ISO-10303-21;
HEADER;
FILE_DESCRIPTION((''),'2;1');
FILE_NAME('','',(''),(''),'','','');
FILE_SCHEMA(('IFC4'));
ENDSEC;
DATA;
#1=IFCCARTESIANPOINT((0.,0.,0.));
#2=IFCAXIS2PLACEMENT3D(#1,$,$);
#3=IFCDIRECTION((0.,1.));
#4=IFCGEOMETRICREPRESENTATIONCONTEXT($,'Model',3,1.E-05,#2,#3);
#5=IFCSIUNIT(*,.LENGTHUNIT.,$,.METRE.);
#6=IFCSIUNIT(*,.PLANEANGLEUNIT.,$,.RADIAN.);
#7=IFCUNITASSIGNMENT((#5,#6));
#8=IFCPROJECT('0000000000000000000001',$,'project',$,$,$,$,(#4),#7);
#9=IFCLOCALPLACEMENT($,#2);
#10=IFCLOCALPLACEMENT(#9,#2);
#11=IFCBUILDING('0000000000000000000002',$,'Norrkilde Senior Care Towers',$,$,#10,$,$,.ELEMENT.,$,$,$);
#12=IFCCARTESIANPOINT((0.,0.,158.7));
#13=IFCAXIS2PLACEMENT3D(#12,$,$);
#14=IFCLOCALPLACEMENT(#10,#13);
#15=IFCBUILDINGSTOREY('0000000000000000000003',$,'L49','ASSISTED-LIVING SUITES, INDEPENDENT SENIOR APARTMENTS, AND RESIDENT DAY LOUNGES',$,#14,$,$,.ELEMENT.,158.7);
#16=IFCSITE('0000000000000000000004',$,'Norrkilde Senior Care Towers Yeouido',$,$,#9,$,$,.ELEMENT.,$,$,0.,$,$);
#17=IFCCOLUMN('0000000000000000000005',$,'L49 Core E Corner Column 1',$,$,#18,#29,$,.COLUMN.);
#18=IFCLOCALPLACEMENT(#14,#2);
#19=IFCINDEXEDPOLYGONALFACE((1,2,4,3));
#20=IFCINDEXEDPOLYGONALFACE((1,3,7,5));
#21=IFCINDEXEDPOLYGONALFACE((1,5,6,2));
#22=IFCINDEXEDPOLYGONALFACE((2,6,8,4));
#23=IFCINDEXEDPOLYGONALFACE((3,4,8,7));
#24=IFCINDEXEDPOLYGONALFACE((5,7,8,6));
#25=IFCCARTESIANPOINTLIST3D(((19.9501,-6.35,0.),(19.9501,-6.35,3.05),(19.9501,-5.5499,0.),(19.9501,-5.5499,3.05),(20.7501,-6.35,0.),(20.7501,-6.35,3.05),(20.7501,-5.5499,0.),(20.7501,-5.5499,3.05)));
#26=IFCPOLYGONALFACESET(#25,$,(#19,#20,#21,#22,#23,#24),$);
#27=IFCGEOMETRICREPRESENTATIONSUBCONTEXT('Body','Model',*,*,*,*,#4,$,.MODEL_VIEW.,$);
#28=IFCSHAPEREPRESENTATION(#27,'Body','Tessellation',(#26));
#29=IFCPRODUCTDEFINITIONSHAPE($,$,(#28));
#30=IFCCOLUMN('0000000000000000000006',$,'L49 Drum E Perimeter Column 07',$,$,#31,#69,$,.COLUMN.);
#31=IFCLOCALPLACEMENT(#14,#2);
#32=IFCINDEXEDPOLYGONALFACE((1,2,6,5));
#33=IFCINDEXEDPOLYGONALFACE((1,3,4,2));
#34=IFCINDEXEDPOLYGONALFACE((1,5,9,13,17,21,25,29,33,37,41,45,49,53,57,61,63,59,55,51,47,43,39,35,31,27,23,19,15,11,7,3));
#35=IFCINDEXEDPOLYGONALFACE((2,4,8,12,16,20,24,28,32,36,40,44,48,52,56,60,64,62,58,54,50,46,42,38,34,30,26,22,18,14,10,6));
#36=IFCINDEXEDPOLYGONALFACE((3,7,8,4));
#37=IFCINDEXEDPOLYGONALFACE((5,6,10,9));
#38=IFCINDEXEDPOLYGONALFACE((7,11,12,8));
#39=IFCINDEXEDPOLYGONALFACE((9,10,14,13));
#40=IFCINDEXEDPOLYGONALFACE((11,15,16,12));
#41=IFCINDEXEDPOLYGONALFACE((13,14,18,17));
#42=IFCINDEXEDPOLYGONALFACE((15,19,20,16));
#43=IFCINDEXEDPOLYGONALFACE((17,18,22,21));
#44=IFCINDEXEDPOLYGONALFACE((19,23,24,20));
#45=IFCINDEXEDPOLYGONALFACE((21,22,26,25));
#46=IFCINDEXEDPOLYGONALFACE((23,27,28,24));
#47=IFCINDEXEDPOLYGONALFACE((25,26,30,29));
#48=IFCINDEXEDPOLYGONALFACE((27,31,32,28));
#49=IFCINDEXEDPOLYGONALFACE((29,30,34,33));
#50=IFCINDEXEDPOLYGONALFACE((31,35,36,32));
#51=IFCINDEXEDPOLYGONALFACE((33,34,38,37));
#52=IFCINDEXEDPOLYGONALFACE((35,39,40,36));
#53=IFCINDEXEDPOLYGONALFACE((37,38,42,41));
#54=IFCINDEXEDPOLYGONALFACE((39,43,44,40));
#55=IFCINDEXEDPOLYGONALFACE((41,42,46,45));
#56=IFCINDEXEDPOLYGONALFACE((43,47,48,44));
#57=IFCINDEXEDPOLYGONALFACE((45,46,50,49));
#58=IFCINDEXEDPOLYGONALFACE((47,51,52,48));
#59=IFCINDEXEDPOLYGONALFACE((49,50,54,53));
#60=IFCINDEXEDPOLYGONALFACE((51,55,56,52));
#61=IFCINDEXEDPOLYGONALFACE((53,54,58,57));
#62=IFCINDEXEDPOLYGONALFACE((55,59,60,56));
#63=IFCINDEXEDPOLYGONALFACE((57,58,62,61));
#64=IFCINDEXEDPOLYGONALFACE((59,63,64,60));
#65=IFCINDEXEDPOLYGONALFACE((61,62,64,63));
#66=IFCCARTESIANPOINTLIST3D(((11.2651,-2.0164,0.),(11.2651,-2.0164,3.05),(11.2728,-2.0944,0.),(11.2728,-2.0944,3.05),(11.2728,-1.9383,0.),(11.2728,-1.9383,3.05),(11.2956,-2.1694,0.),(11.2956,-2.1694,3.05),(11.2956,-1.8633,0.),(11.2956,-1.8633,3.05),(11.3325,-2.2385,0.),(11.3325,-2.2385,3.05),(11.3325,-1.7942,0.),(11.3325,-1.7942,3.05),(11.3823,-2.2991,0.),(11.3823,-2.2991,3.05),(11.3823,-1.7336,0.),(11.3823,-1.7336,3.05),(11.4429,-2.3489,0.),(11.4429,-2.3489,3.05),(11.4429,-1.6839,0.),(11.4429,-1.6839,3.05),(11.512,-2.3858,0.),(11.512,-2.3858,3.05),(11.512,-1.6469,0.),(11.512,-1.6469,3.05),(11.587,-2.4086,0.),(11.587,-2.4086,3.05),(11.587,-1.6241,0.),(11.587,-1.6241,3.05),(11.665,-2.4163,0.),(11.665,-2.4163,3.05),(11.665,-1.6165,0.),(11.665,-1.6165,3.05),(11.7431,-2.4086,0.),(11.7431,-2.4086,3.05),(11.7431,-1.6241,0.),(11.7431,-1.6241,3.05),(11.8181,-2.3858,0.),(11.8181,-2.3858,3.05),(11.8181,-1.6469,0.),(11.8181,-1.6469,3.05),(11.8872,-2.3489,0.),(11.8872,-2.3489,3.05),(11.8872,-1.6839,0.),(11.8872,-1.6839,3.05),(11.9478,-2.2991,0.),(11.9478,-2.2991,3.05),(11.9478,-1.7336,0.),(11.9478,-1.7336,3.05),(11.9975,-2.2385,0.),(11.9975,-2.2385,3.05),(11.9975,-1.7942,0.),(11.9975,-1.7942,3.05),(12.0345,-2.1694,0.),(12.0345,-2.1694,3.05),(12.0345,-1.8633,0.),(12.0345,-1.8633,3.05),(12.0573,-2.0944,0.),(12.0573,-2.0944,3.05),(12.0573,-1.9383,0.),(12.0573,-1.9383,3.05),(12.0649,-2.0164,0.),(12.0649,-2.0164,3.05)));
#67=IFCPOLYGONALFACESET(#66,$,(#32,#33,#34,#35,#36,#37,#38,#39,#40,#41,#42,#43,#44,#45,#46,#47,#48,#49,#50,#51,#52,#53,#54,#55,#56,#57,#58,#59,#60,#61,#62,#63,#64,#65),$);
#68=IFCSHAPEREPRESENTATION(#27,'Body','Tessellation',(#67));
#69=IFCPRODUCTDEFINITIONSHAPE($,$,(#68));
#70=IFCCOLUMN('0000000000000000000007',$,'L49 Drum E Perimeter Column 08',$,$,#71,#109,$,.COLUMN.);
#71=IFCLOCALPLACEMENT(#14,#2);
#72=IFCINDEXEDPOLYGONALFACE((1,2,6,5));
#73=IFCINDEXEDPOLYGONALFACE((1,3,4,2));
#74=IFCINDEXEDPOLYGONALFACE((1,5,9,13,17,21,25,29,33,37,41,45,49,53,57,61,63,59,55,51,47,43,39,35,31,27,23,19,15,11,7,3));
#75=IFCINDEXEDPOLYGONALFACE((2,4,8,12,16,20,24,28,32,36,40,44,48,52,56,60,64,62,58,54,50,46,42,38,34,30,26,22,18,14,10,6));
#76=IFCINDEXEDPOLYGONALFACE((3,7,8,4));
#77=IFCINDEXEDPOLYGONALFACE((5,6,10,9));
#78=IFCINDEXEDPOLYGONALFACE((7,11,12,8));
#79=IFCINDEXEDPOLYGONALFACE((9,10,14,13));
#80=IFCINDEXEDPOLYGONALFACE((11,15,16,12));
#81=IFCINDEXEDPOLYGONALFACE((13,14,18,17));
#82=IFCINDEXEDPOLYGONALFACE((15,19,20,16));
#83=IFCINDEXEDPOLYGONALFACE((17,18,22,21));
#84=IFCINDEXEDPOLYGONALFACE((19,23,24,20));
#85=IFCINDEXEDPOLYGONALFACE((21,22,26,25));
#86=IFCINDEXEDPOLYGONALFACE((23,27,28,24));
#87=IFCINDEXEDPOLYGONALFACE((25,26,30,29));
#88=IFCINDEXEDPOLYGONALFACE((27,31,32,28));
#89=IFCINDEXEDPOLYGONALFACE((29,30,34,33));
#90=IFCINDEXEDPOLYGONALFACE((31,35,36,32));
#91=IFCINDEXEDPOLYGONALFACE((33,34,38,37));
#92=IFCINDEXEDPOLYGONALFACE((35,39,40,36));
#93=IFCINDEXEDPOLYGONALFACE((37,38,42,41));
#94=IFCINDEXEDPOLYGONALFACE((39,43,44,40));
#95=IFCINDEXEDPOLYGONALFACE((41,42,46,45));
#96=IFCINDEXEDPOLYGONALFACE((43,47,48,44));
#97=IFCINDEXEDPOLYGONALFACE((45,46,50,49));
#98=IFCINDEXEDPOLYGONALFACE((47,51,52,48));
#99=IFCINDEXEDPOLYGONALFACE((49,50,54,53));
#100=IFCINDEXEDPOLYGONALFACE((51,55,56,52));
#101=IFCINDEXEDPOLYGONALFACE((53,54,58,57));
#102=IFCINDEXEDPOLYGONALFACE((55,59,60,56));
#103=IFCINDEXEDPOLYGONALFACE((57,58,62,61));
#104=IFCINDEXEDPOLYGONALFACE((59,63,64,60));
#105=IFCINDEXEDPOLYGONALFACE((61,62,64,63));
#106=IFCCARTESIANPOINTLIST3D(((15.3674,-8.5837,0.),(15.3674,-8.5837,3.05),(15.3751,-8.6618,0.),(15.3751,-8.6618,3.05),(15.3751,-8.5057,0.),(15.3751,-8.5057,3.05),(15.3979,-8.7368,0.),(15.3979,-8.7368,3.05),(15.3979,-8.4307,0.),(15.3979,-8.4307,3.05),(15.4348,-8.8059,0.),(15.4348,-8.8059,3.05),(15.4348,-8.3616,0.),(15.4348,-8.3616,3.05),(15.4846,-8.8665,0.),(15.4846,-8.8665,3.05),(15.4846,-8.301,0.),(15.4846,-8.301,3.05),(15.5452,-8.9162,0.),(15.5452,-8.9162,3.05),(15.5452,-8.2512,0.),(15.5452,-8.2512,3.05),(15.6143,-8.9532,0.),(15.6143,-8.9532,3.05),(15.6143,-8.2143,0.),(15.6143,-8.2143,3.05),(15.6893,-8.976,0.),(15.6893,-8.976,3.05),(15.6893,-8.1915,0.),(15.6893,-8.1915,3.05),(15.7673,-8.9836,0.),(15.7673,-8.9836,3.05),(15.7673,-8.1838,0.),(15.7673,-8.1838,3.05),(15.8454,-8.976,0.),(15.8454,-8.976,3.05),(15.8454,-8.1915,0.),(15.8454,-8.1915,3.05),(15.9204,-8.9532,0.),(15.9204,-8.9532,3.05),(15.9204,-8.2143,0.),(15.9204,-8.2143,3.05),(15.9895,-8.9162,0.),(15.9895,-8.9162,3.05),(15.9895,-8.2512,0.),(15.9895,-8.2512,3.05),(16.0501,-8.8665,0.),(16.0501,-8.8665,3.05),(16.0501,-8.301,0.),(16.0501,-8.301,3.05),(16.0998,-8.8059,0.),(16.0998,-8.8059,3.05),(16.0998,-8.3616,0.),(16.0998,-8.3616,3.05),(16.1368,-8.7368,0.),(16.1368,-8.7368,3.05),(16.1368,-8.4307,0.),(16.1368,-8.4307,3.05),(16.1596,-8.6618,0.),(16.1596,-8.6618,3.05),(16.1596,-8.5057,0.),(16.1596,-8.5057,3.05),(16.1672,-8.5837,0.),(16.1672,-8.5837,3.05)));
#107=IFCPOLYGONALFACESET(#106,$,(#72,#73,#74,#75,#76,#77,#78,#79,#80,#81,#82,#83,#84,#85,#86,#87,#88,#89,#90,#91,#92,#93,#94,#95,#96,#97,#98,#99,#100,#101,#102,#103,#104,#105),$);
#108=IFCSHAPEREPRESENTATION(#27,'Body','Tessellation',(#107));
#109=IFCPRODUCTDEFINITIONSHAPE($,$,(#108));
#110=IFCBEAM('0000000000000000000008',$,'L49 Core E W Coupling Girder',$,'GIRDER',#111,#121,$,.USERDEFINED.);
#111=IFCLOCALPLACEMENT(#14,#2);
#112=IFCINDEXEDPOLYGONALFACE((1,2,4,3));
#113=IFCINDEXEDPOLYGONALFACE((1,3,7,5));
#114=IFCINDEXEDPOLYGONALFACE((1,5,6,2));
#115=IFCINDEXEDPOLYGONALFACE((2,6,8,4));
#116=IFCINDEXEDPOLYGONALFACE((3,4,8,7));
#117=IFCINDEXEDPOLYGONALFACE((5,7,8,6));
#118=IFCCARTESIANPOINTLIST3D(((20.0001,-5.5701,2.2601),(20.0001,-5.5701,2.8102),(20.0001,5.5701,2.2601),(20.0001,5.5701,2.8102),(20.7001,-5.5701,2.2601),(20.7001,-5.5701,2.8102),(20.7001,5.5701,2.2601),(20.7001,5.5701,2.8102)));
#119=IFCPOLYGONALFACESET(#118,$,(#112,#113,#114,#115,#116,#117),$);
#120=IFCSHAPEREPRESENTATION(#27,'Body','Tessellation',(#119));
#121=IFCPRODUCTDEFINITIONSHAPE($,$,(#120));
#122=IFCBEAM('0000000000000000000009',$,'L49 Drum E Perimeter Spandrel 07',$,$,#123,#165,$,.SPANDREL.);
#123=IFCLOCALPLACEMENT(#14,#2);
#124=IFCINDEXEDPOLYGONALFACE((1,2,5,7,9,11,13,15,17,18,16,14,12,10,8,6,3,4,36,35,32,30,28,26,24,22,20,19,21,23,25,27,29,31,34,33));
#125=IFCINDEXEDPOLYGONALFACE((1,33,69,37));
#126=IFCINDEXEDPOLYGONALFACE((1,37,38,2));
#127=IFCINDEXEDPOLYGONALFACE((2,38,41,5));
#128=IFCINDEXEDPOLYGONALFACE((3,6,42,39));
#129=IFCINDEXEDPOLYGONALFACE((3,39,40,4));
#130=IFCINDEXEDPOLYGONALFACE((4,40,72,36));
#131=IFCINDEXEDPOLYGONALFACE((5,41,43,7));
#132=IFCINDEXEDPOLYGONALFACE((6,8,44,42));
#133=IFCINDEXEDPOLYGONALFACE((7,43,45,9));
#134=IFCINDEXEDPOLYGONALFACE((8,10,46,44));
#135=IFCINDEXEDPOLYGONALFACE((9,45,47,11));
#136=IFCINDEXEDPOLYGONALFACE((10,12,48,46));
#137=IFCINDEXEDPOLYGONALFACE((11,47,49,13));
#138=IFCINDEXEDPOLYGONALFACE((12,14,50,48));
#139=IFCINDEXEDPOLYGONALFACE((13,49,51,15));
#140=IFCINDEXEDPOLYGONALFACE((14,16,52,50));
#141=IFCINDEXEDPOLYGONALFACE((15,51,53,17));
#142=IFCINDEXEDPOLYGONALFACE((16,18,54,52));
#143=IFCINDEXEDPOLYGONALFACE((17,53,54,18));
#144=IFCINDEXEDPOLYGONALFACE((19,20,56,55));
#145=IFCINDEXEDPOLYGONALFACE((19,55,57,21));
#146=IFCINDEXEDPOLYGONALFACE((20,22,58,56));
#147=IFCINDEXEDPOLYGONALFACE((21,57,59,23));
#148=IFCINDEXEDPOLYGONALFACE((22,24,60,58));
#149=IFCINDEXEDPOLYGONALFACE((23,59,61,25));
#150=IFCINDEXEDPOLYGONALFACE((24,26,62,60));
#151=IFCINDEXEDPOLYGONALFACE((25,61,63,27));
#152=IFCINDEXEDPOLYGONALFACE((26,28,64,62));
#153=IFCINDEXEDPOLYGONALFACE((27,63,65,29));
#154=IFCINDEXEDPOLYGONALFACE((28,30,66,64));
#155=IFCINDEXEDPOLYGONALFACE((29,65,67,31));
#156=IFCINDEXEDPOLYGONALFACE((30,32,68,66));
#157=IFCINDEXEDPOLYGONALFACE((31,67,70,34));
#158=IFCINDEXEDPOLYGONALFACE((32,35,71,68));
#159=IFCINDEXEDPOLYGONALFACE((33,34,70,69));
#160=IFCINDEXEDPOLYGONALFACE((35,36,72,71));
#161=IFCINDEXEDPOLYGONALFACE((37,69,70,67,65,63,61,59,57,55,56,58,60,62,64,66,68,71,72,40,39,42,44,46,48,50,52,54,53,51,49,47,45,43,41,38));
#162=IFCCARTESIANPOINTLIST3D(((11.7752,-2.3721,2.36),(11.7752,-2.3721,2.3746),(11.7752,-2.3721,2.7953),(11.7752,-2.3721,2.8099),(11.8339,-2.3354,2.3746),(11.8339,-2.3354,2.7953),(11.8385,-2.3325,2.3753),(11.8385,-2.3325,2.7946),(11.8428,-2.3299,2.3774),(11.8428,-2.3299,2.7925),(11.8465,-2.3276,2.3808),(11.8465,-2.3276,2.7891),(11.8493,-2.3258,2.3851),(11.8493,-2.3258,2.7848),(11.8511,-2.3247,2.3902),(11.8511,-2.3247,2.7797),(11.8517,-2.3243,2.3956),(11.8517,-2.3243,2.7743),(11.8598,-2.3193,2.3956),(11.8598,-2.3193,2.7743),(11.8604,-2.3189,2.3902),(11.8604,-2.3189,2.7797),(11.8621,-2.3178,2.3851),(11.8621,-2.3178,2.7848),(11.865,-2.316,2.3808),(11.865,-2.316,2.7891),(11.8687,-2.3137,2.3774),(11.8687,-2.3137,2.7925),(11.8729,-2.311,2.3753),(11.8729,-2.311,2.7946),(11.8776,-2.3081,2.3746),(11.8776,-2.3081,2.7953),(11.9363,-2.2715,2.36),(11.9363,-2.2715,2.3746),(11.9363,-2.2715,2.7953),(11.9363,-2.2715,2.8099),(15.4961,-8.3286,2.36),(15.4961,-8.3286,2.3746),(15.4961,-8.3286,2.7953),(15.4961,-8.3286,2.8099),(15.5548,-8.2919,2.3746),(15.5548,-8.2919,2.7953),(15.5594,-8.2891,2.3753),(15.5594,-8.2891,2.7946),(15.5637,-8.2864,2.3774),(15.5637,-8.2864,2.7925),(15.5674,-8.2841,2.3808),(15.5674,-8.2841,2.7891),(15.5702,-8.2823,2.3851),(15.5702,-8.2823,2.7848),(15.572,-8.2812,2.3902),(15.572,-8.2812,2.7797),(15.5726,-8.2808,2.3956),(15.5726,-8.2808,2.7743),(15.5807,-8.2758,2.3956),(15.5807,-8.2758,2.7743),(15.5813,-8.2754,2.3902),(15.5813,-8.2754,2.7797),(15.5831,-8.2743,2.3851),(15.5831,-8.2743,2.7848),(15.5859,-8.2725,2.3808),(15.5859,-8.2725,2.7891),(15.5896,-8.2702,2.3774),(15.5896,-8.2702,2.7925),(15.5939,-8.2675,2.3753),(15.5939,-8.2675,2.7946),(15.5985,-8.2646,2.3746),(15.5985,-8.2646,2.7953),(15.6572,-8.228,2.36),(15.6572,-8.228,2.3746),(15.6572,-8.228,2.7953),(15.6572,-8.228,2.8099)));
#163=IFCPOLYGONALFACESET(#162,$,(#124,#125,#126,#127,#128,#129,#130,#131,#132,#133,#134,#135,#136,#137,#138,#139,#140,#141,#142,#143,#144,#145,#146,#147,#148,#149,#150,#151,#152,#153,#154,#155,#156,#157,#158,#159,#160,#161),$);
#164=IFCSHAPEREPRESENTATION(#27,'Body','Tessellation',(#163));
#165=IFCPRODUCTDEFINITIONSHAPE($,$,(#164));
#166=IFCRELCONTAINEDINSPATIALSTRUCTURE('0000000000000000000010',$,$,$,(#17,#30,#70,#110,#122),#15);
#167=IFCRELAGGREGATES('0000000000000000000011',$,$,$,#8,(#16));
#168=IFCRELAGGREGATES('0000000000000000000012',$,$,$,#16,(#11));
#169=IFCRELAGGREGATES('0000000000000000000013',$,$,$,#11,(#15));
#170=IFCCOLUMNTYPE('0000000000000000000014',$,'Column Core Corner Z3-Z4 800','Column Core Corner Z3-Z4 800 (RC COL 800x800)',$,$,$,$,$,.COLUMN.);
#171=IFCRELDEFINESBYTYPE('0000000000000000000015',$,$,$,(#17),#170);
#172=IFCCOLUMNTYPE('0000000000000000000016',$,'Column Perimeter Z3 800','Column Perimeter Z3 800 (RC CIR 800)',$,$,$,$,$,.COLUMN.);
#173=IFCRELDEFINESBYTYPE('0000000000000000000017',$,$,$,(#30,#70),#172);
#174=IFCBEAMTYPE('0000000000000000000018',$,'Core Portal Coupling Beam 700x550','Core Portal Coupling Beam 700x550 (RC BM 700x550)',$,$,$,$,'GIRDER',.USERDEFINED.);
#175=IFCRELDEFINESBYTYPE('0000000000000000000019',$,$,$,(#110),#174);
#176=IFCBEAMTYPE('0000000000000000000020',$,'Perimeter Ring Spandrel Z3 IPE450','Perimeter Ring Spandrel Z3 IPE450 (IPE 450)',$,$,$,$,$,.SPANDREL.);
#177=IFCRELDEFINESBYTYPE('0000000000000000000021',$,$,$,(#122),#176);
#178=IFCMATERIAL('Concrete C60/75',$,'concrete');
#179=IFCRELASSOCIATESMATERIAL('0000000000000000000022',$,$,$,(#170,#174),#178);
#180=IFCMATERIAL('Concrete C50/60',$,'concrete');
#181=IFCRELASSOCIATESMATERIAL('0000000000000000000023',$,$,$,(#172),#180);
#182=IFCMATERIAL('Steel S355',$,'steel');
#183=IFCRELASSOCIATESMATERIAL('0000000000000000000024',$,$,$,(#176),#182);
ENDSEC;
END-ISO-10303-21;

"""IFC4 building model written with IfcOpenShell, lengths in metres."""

from ifc_helpers import new_model, si_unit, direction, frame, origin, origin_2d, place, context, subcontext, project, spatial, rectangle, circle, i_section, extrude, source, transform, mapped, material, material_profile, profile_set, type_object, type_shapes, element, save


model = new_model("IFC4")

# Units and contexts
model_context = context("Model", 3, precision=1e-05, world=origin(), true_north=direction((0.0, 1.0)))
body_context = subcontext(model_context, "Body", "Model", "MODEL_VIEW")
ifc_project = project(units=[si_unit("LENGTHUNIT", "METRE"), si_unit("PLANEANGLEUNIT", "RADIAN")], contexts=[model_context])

# Site, building, storey
site_placement = place(None, origin())
site = spatial("IfcSite", under=ifc_project, at=site_placement, Name="Norrkilde Senior Care Towers Yeouido", CompositionType="ELEMENT", RefElevation=0.0)
building_placement = place(site_placement, origin())
building = spatial("IfcBuilding", under=site, at=building_placement, Name="Norrkilde Senior Care Towers", CompositionType="ELEMENT")
storey_placement = place(building_placement, frame((0.0, 0.0, 158.7)))
storey = spatial("IfcBuildingStorey", under=building, at=storey_placement, Name="L49", Description="ASSISTED-LIVING SUITES, INDEPENDENT SENIOR APARTMENTS, AND RESIDENT DAY LOUNGES", CompositionType="ELEMENT", Elevation=158.7)

# Columns
ifc_material_1 = material(Name="Concrete C60/75", Category="concrete")
ifc_material_profile_1 = material_profile(ifc_material_1, rectangle(XDim=0.8, YDim=0.8, at=origin_2d()), Name="RC COL 800x800")
ifc_profile_set_1 = profile_set([ifc_material_profile_1], Name="Concrete C60/75")
column_type_1 = type_object("IfcColumnType", Name="Column Core Corner Z3-Z4 800", Description="Column Core Corner Z3-Z4 800 (RC COL 800x800)", PredefinedType="COLUMN", material=ifc_profile_set_1)
shared_shape_1 = source(origin(), body_context, "Body", "SweptSolid", [
    extrude(rectangle(XDim=0.8, YDim=0.8, at=origin_2d()), origin(), (0.0, 0.0, 1.0), 3.05),
])
type_shapes(column_type_1, [shared_shape_1])
column_placement = place(storey_placement, frame((20.3501, -5.95, 0.0), z_axis=(0.0, 0.0, 1.0), x_axis=(1.0, 0.0, 0.0)))
element("IfcColumn", 1, at=column_placement, inside=storey, type_object=column_type_1, Name="L49 Core E Corner Column 1", PredefinedType="COLUMN", context=body_context, shape_type="MappedRepresentation", body=[
    mapped(shared_shape_1, transform((0.0, 0.0, 0.0), x_axis=(1.0, 0.0, 0.0), y_axis=(0.0, 1.0, 0.0), z_axis=(0.0, 0.0, 1.0), scale=1.0)),
])
ifc_material_2 = material(Name="Concrete C50/60", Category="concrete")
ifc_material_profile_2 = material_profile(ifc_material_2, circle(Radius=0.3999, at=origin_2d()), Name="RC CIR 800")
ifc_profile_set_2 = profile_set([ifc_material_profile_2], Name="Concrete C50/60")
column_type_2 = type_object("IfcColumnType", Name="Column Perimeter Z3 800", Description="Column Perimeter Z3 800 (RC CIR 800)", PredefinedType="COLUMN", material=ifc_profile_set_2)
shared_shape_2 = source(origin(), body_context, "Body", "SweptSolid", [
    extrude(circle(Radius=0.3999, at=origin_2d()), origin(), (0.0, 0.0, 1.0), 3.05),
])
type_shapes(column_type_2, [shared_shape_2])
for number, where, z_axis, x_axis, name in (
    (2, (11.665, -2.0164, 0.0), (0.0, 0.0, 1.0), (1.0, 0.0, 0.0), "L49 Drum E Perimeter Column 07"),
    (3, (15.7673, -8.5837, 0.0), (0.0, 0.0, 1.0), (1.0, 0.0, 0.0), "L49 Drum E Perimeter Column 08"),
):
    element("IfcColumn", number, at=place(storey_placement, frame(where, z_axis=z_axis, x_axis=x_axis)), inside=storey, type_object=column_type_2, Name=name, PredefinedType="COLUMN", context=body_context, shape_type="MappedRepresentation", body=[
        mapped(shared_shape_2, transform((0.0, 0.0, 0.0), x_axis=(1.0, 0.0, 0.0), y_axis=(0.0, 1.0, 0.0), z_axis=(0.0, 0.0, 1.0), scale=1.0)),
    ])

# Beams
ifc_material_profile_3 = material_profile(ifc_material_1, rectangle(XDim=0.7, YDim=0.55, at=origin_2d()), Name="RC BM 700x550")
ifc_profile_set_3 = profile_set([ifc_material_profile_3], Name="Concrete C60/75")
beam_type_1 = type_object("IfcBeamType", Name="Core Portal Coupling Beam 700x550", Description="Core Portal Coupling Beam 700x550 (RC BM 700x550)", ElementType="GIRDER", PredefinedType="USERDEFINED", material=ifc_profile_set_3)
shared_shape_3 = source(origin(), body_context, "Body", "SweptSolid", [
    extrude(rectangle(XDim=0.7, YDim=0.55, at=origin_2d()), origin(), (0.0, 0.0, 1.0), 11.1401),
])
type_shapes(beam_type_1, [shared_shape_3])
beam_1_placement = place(storey_placement, frame((20.3501, -5.5701, 2.5352), z_axis=(0.0, 1.0, 0.0), x_axis=(-1.0, 0.0, 0.0)))
element("IfcBeam", 4, at=beam_1_placement, inside=storey, type_object=beam_type_1, Name="L49 Core E W Coupling Girder", ObjectType="GIRDER", PredefinedType="USERDEFINED", context=body_context, shape_type="MappedRepresentation", body=[
    mapped(shared_shape_3, transform((0.0, 0.0, 0.0), x_axis=(1.0, 0.0, 0.0), y_axis=(0.0, 1.0, 0.0), z_axis=(0.0, 0.0, 1.0), scale=1.0)),
])
ifc_material_3 = material(Name="Steel S355", Category="steel")
ifc_material_profile_4 = material_profile(ifc_material_3, i_section(OverallWidth=0.1899, OverallDepth=0.45, WebThickness=0.0095, FlangeThickness=0.0146, FilletRadius=0.021, at=origin_2d()), Name="IPE 450")
ifc_profile_set_4 = profile_set([ifc_material_profile_4], Name="Steel S355")
beam_type_2 = type_object("IfcBeamType", Name="Perimeter Ring Spandrel Z3 IPE450", Description="Perimeter Ring Spandrel Z3 IPE450 (IPE 450)", PredefinedType="SPANDREL", material=ifc_profile_set_4)
shared_shape_4 = source(origin(), body_context, "Body", "SweptSolid", [
    extrude(i_section(OverallWidth=0.1899, OverallDepth=0.45, WebThickness=0.0095, FlangeThickness=0.0146, FilletRadius=0.021, at=origin_2d()), origin(), (0.0, 0.0, 1.0), 7.0232),
])
beam_2_placement = place(storey_placement, frame((11.8557, -2.3218, 2.585), z_axis=(0.529805, -0.848119, 0.0), x_axis=(0.848119, 0.529805, 0.0)))
element("IfcBeam", 5, at=beam_2_placement, inside=storey, type_object=beam_type_2, Name="L49 Drum E Perimeter Spandrel 07", PredefinedType="SPANDREL", context=body_context, shape_type="MappedRepresentation", body=[
    mapped(shared_shape_4, transform((0.0, 0.0, 0.0), x_axis=(1.0, 0.0, 0.0), y_axis=(0.0, 1.0, 0.0), z_axis=(0.0, 0.0, 1.0), scale=1.0)),
])

save(model, "model.ifc")
